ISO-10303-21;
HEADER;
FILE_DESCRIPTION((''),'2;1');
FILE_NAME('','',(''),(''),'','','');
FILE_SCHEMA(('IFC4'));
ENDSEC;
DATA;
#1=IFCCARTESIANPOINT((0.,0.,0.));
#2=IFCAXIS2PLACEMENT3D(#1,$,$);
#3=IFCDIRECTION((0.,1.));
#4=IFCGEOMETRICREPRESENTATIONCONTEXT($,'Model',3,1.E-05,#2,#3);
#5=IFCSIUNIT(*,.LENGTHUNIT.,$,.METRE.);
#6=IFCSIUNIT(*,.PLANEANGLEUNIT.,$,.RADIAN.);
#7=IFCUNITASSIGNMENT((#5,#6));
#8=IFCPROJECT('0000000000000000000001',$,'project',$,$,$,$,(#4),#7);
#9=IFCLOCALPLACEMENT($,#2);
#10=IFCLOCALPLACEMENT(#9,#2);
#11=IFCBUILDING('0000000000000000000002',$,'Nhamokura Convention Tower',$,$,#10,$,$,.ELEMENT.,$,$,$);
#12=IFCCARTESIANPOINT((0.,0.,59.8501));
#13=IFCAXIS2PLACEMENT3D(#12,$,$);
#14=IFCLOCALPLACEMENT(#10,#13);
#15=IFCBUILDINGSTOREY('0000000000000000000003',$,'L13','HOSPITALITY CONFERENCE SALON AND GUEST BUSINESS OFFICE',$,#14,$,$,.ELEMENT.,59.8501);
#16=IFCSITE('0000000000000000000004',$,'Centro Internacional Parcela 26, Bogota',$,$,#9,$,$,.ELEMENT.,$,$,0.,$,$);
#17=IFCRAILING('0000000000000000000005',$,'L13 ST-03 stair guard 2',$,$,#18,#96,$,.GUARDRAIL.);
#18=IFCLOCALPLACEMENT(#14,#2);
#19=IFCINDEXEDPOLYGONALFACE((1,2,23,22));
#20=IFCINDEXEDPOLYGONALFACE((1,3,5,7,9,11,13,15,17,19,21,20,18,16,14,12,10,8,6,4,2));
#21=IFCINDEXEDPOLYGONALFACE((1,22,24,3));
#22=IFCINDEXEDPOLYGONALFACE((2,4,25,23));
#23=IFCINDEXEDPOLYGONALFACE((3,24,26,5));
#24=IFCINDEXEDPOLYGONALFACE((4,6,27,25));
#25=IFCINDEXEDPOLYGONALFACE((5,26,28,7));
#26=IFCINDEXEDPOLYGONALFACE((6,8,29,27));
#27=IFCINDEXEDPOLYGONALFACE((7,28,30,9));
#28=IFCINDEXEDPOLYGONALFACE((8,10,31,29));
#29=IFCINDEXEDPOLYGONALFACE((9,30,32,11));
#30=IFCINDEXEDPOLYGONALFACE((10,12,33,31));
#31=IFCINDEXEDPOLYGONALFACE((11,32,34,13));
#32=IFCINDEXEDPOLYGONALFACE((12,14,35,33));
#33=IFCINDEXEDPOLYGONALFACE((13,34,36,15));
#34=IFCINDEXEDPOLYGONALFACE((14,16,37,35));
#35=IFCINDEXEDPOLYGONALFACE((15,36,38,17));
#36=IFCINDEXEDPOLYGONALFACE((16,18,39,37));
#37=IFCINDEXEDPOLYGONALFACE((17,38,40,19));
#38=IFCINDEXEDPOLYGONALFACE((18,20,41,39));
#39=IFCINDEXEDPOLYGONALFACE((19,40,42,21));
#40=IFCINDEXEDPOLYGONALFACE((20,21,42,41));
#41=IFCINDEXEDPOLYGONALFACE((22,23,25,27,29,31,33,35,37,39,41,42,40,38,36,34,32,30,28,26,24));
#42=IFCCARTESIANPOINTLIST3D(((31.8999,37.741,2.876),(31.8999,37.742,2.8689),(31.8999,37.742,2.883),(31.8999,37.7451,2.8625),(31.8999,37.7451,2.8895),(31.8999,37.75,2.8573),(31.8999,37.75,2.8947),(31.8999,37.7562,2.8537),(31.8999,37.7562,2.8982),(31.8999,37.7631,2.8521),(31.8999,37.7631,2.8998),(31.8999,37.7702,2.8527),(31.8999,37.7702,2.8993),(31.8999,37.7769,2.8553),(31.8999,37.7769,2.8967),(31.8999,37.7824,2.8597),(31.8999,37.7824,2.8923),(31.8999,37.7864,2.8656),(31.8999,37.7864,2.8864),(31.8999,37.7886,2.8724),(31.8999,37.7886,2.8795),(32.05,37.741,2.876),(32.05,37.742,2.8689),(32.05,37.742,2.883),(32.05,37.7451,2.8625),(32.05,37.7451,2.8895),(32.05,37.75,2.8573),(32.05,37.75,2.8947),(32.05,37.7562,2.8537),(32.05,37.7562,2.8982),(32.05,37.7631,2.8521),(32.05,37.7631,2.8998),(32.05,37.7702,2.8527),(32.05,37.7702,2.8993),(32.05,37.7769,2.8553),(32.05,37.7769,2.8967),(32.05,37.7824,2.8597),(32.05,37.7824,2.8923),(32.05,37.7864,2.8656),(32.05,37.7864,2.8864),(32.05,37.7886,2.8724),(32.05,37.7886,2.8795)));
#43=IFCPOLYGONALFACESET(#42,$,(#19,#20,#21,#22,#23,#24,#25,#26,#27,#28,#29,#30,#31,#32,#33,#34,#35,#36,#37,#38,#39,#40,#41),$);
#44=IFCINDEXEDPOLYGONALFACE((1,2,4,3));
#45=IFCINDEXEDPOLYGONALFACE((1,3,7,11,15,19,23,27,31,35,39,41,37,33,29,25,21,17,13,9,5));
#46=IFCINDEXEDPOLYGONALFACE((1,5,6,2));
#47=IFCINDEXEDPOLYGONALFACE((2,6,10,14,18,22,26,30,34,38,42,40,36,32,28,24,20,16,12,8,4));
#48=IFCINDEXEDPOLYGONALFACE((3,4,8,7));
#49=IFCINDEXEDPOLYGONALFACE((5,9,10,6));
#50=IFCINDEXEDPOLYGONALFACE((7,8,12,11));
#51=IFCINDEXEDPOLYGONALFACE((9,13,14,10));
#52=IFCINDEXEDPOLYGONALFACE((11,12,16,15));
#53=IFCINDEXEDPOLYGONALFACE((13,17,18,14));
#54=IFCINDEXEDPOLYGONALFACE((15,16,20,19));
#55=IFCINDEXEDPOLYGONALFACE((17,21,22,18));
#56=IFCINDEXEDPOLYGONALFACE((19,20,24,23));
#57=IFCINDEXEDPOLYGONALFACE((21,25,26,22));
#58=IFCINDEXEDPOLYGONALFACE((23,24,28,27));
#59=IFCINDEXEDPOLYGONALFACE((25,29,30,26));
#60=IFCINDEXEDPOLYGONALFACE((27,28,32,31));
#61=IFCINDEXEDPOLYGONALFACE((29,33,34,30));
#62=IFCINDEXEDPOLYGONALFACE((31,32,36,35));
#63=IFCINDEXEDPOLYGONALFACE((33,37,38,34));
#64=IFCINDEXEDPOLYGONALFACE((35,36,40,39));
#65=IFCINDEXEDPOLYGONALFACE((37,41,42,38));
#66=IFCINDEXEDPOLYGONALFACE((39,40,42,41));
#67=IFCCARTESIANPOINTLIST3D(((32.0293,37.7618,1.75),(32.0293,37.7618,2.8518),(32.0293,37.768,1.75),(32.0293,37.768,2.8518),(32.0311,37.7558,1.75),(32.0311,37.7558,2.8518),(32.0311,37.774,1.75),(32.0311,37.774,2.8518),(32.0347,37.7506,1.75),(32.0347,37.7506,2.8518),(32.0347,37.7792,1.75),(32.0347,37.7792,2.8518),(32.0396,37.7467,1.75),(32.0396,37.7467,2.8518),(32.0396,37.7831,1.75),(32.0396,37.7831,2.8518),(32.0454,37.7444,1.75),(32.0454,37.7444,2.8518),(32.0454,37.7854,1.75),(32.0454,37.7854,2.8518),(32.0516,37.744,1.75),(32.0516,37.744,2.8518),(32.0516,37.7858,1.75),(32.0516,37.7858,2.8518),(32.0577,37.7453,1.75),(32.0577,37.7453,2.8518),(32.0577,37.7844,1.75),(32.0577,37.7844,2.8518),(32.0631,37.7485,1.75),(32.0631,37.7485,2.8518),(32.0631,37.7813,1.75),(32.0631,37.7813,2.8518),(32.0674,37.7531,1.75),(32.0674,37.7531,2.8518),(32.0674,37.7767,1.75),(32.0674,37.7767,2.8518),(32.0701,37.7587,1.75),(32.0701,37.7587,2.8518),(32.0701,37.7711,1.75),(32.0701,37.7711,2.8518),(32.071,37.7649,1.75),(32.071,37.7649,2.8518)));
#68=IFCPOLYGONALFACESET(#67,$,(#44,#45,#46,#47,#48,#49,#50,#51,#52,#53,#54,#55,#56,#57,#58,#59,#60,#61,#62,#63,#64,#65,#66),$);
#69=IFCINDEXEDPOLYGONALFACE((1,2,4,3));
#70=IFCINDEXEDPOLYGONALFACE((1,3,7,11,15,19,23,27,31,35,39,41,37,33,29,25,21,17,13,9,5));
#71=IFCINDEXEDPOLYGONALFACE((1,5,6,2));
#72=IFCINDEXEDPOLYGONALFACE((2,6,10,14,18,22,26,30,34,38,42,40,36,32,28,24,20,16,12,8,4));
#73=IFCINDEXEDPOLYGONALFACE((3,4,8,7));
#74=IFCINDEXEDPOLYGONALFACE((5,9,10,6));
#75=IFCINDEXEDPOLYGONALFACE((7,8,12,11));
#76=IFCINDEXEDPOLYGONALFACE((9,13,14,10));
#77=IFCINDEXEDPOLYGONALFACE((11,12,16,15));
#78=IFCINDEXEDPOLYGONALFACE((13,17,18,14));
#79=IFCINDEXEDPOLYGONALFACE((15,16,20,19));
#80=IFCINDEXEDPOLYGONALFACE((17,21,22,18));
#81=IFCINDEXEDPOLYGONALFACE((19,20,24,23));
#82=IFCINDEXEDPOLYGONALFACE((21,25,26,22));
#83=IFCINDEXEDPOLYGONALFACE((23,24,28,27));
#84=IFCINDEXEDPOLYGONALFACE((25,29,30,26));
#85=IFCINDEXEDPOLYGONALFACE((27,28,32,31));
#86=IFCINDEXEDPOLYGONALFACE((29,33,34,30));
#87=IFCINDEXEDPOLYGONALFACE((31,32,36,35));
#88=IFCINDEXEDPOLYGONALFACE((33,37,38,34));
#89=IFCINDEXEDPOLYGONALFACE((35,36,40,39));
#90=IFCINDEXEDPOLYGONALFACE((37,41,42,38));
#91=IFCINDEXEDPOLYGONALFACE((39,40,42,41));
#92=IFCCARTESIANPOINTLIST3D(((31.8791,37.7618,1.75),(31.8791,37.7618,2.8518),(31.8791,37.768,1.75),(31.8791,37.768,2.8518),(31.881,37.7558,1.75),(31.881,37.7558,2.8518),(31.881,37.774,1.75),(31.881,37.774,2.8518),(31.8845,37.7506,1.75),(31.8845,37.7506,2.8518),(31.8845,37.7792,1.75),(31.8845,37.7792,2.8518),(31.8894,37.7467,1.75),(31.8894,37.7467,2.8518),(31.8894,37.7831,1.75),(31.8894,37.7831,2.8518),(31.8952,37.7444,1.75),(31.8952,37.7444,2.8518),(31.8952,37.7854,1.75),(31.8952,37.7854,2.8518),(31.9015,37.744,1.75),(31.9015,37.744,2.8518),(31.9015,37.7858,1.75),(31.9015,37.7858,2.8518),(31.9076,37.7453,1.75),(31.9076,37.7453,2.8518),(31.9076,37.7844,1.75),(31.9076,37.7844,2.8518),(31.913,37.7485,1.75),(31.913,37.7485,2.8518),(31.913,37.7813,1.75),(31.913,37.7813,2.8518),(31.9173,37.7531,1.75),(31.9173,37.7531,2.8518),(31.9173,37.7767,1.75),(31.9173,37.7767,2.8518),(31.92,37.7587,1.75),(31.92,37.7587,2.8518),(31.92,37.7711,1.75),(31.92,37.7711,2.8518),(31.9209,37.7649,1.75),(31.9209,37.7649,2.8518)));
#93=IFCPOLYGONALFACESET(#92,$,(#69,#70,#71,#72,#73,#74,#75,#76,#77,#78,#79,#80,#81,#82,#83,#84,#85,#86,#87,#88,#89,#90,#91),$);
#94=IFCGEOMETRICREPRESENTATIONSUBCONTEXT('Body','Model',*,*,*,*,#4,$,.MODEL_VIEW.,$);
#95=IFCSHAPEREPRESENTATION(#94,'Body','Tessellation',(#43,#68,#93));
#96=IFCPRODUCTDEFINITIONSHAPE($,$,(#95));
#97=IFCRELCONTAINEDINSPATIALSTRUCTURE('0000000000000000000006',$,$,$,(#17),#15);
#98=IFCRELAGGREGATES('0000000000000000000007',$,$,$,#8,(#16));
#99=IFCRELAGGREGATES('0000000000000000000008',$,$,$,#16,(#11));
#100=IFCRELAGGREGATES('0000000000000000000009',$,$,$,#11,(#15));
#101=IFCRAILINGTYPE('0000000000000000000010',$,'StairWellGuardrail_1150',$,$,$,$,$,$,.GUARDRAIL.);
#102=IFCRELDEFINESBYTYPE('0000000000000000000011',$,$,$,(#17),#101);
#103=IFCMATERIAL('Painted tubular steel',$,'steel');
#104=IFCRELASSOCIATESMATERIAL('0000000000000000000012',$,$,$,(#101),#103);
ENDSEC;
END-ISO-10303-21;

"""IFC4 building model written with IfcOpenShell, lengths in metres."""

from ifc_helpers import new_model, si_unit, direction, frame, origin, origin_2d, place, context, subcontext, project, spatial, circle, extrude, material, type_object, element, save


model = new_model("IFC4")

# Units and contexts
model_context = context("Model", 3, precision=1e-05, world=origin(), true_north=direction((0.0, 1.0)))
body_context = subcontext(model_context, "Body", "Model", "MODEL_VIEW")
ifc_project = project(units=[si_unit("LENGTHUNIT", "METRE"), si_unit("PLANEANGLEUNIT", "RADIAN")], contexts=[model_context])

# Site, building, storey
site_placement = place(None, origin())
site = spatial("IfcSite", under=ifc_project, at=site_placement, Name="Centro Internacional Parcela 26, Bogota", CompositionType="ELEMENT", RefElevation=0.0)
building_placement = place(site_placement, origin())
building = spatial("IfcBuilding", under=site, at=building_placement, Name="Nhamokura Convention Tower", CompositionType="ELEMENT")
storey_placement = place(building_placement, frame((0.0, 0.0, 59.8501)))
storey = spatial("IfcBuildingStorey", under=building, at=storey_placement, Name="L13", Description="HOSPITALITY CONFERENCE SALON AND GUEST BUSINESS OFFICE", CompositionType="ELEMENT", Elevation=59.8501)

# Railing
ifc_material_1 = material(Name="Painted tubular steel", Category="steel")
railing_type = type_object("IfcRailingType", Name="StairWellGuardrail_1150", PredefinedType="GUARDRAIL", material=ifc_material_1)
railing_placement = place(storey_placement, frame((32.05, 37.7649, 1.75)))
element("IfcRailing", 1, at=railing_placement, inside=storey, type_object=railing_type, Name="L13 ST-03 stair guard 2", PredefinedType="GUARDRAIL", context=body_context, shape_type="SweptSolid", body=[
    extrude(circle(Radius=0.0239, at=origin_2d()), frame((0.0, 0.0, 1.126), z_axis=(-1.0, 0.0, 0.0), x_axis=(0.0, -1.0, 0.0)), (0.0, 0.0, 1.0), 0.1501),
    extrude(circle(Radius=0.021, at=origin_2d()), origin(), (0.0, 0.0, 1.0), 1.1018),
    extrude(circle(Radius=0.021, at=origin_2d()), frame((-0.1501, 0.0, 0.0)), (0.0, 0.0, 1.0), 1.1018),
])

save(model, "model.ifc")
